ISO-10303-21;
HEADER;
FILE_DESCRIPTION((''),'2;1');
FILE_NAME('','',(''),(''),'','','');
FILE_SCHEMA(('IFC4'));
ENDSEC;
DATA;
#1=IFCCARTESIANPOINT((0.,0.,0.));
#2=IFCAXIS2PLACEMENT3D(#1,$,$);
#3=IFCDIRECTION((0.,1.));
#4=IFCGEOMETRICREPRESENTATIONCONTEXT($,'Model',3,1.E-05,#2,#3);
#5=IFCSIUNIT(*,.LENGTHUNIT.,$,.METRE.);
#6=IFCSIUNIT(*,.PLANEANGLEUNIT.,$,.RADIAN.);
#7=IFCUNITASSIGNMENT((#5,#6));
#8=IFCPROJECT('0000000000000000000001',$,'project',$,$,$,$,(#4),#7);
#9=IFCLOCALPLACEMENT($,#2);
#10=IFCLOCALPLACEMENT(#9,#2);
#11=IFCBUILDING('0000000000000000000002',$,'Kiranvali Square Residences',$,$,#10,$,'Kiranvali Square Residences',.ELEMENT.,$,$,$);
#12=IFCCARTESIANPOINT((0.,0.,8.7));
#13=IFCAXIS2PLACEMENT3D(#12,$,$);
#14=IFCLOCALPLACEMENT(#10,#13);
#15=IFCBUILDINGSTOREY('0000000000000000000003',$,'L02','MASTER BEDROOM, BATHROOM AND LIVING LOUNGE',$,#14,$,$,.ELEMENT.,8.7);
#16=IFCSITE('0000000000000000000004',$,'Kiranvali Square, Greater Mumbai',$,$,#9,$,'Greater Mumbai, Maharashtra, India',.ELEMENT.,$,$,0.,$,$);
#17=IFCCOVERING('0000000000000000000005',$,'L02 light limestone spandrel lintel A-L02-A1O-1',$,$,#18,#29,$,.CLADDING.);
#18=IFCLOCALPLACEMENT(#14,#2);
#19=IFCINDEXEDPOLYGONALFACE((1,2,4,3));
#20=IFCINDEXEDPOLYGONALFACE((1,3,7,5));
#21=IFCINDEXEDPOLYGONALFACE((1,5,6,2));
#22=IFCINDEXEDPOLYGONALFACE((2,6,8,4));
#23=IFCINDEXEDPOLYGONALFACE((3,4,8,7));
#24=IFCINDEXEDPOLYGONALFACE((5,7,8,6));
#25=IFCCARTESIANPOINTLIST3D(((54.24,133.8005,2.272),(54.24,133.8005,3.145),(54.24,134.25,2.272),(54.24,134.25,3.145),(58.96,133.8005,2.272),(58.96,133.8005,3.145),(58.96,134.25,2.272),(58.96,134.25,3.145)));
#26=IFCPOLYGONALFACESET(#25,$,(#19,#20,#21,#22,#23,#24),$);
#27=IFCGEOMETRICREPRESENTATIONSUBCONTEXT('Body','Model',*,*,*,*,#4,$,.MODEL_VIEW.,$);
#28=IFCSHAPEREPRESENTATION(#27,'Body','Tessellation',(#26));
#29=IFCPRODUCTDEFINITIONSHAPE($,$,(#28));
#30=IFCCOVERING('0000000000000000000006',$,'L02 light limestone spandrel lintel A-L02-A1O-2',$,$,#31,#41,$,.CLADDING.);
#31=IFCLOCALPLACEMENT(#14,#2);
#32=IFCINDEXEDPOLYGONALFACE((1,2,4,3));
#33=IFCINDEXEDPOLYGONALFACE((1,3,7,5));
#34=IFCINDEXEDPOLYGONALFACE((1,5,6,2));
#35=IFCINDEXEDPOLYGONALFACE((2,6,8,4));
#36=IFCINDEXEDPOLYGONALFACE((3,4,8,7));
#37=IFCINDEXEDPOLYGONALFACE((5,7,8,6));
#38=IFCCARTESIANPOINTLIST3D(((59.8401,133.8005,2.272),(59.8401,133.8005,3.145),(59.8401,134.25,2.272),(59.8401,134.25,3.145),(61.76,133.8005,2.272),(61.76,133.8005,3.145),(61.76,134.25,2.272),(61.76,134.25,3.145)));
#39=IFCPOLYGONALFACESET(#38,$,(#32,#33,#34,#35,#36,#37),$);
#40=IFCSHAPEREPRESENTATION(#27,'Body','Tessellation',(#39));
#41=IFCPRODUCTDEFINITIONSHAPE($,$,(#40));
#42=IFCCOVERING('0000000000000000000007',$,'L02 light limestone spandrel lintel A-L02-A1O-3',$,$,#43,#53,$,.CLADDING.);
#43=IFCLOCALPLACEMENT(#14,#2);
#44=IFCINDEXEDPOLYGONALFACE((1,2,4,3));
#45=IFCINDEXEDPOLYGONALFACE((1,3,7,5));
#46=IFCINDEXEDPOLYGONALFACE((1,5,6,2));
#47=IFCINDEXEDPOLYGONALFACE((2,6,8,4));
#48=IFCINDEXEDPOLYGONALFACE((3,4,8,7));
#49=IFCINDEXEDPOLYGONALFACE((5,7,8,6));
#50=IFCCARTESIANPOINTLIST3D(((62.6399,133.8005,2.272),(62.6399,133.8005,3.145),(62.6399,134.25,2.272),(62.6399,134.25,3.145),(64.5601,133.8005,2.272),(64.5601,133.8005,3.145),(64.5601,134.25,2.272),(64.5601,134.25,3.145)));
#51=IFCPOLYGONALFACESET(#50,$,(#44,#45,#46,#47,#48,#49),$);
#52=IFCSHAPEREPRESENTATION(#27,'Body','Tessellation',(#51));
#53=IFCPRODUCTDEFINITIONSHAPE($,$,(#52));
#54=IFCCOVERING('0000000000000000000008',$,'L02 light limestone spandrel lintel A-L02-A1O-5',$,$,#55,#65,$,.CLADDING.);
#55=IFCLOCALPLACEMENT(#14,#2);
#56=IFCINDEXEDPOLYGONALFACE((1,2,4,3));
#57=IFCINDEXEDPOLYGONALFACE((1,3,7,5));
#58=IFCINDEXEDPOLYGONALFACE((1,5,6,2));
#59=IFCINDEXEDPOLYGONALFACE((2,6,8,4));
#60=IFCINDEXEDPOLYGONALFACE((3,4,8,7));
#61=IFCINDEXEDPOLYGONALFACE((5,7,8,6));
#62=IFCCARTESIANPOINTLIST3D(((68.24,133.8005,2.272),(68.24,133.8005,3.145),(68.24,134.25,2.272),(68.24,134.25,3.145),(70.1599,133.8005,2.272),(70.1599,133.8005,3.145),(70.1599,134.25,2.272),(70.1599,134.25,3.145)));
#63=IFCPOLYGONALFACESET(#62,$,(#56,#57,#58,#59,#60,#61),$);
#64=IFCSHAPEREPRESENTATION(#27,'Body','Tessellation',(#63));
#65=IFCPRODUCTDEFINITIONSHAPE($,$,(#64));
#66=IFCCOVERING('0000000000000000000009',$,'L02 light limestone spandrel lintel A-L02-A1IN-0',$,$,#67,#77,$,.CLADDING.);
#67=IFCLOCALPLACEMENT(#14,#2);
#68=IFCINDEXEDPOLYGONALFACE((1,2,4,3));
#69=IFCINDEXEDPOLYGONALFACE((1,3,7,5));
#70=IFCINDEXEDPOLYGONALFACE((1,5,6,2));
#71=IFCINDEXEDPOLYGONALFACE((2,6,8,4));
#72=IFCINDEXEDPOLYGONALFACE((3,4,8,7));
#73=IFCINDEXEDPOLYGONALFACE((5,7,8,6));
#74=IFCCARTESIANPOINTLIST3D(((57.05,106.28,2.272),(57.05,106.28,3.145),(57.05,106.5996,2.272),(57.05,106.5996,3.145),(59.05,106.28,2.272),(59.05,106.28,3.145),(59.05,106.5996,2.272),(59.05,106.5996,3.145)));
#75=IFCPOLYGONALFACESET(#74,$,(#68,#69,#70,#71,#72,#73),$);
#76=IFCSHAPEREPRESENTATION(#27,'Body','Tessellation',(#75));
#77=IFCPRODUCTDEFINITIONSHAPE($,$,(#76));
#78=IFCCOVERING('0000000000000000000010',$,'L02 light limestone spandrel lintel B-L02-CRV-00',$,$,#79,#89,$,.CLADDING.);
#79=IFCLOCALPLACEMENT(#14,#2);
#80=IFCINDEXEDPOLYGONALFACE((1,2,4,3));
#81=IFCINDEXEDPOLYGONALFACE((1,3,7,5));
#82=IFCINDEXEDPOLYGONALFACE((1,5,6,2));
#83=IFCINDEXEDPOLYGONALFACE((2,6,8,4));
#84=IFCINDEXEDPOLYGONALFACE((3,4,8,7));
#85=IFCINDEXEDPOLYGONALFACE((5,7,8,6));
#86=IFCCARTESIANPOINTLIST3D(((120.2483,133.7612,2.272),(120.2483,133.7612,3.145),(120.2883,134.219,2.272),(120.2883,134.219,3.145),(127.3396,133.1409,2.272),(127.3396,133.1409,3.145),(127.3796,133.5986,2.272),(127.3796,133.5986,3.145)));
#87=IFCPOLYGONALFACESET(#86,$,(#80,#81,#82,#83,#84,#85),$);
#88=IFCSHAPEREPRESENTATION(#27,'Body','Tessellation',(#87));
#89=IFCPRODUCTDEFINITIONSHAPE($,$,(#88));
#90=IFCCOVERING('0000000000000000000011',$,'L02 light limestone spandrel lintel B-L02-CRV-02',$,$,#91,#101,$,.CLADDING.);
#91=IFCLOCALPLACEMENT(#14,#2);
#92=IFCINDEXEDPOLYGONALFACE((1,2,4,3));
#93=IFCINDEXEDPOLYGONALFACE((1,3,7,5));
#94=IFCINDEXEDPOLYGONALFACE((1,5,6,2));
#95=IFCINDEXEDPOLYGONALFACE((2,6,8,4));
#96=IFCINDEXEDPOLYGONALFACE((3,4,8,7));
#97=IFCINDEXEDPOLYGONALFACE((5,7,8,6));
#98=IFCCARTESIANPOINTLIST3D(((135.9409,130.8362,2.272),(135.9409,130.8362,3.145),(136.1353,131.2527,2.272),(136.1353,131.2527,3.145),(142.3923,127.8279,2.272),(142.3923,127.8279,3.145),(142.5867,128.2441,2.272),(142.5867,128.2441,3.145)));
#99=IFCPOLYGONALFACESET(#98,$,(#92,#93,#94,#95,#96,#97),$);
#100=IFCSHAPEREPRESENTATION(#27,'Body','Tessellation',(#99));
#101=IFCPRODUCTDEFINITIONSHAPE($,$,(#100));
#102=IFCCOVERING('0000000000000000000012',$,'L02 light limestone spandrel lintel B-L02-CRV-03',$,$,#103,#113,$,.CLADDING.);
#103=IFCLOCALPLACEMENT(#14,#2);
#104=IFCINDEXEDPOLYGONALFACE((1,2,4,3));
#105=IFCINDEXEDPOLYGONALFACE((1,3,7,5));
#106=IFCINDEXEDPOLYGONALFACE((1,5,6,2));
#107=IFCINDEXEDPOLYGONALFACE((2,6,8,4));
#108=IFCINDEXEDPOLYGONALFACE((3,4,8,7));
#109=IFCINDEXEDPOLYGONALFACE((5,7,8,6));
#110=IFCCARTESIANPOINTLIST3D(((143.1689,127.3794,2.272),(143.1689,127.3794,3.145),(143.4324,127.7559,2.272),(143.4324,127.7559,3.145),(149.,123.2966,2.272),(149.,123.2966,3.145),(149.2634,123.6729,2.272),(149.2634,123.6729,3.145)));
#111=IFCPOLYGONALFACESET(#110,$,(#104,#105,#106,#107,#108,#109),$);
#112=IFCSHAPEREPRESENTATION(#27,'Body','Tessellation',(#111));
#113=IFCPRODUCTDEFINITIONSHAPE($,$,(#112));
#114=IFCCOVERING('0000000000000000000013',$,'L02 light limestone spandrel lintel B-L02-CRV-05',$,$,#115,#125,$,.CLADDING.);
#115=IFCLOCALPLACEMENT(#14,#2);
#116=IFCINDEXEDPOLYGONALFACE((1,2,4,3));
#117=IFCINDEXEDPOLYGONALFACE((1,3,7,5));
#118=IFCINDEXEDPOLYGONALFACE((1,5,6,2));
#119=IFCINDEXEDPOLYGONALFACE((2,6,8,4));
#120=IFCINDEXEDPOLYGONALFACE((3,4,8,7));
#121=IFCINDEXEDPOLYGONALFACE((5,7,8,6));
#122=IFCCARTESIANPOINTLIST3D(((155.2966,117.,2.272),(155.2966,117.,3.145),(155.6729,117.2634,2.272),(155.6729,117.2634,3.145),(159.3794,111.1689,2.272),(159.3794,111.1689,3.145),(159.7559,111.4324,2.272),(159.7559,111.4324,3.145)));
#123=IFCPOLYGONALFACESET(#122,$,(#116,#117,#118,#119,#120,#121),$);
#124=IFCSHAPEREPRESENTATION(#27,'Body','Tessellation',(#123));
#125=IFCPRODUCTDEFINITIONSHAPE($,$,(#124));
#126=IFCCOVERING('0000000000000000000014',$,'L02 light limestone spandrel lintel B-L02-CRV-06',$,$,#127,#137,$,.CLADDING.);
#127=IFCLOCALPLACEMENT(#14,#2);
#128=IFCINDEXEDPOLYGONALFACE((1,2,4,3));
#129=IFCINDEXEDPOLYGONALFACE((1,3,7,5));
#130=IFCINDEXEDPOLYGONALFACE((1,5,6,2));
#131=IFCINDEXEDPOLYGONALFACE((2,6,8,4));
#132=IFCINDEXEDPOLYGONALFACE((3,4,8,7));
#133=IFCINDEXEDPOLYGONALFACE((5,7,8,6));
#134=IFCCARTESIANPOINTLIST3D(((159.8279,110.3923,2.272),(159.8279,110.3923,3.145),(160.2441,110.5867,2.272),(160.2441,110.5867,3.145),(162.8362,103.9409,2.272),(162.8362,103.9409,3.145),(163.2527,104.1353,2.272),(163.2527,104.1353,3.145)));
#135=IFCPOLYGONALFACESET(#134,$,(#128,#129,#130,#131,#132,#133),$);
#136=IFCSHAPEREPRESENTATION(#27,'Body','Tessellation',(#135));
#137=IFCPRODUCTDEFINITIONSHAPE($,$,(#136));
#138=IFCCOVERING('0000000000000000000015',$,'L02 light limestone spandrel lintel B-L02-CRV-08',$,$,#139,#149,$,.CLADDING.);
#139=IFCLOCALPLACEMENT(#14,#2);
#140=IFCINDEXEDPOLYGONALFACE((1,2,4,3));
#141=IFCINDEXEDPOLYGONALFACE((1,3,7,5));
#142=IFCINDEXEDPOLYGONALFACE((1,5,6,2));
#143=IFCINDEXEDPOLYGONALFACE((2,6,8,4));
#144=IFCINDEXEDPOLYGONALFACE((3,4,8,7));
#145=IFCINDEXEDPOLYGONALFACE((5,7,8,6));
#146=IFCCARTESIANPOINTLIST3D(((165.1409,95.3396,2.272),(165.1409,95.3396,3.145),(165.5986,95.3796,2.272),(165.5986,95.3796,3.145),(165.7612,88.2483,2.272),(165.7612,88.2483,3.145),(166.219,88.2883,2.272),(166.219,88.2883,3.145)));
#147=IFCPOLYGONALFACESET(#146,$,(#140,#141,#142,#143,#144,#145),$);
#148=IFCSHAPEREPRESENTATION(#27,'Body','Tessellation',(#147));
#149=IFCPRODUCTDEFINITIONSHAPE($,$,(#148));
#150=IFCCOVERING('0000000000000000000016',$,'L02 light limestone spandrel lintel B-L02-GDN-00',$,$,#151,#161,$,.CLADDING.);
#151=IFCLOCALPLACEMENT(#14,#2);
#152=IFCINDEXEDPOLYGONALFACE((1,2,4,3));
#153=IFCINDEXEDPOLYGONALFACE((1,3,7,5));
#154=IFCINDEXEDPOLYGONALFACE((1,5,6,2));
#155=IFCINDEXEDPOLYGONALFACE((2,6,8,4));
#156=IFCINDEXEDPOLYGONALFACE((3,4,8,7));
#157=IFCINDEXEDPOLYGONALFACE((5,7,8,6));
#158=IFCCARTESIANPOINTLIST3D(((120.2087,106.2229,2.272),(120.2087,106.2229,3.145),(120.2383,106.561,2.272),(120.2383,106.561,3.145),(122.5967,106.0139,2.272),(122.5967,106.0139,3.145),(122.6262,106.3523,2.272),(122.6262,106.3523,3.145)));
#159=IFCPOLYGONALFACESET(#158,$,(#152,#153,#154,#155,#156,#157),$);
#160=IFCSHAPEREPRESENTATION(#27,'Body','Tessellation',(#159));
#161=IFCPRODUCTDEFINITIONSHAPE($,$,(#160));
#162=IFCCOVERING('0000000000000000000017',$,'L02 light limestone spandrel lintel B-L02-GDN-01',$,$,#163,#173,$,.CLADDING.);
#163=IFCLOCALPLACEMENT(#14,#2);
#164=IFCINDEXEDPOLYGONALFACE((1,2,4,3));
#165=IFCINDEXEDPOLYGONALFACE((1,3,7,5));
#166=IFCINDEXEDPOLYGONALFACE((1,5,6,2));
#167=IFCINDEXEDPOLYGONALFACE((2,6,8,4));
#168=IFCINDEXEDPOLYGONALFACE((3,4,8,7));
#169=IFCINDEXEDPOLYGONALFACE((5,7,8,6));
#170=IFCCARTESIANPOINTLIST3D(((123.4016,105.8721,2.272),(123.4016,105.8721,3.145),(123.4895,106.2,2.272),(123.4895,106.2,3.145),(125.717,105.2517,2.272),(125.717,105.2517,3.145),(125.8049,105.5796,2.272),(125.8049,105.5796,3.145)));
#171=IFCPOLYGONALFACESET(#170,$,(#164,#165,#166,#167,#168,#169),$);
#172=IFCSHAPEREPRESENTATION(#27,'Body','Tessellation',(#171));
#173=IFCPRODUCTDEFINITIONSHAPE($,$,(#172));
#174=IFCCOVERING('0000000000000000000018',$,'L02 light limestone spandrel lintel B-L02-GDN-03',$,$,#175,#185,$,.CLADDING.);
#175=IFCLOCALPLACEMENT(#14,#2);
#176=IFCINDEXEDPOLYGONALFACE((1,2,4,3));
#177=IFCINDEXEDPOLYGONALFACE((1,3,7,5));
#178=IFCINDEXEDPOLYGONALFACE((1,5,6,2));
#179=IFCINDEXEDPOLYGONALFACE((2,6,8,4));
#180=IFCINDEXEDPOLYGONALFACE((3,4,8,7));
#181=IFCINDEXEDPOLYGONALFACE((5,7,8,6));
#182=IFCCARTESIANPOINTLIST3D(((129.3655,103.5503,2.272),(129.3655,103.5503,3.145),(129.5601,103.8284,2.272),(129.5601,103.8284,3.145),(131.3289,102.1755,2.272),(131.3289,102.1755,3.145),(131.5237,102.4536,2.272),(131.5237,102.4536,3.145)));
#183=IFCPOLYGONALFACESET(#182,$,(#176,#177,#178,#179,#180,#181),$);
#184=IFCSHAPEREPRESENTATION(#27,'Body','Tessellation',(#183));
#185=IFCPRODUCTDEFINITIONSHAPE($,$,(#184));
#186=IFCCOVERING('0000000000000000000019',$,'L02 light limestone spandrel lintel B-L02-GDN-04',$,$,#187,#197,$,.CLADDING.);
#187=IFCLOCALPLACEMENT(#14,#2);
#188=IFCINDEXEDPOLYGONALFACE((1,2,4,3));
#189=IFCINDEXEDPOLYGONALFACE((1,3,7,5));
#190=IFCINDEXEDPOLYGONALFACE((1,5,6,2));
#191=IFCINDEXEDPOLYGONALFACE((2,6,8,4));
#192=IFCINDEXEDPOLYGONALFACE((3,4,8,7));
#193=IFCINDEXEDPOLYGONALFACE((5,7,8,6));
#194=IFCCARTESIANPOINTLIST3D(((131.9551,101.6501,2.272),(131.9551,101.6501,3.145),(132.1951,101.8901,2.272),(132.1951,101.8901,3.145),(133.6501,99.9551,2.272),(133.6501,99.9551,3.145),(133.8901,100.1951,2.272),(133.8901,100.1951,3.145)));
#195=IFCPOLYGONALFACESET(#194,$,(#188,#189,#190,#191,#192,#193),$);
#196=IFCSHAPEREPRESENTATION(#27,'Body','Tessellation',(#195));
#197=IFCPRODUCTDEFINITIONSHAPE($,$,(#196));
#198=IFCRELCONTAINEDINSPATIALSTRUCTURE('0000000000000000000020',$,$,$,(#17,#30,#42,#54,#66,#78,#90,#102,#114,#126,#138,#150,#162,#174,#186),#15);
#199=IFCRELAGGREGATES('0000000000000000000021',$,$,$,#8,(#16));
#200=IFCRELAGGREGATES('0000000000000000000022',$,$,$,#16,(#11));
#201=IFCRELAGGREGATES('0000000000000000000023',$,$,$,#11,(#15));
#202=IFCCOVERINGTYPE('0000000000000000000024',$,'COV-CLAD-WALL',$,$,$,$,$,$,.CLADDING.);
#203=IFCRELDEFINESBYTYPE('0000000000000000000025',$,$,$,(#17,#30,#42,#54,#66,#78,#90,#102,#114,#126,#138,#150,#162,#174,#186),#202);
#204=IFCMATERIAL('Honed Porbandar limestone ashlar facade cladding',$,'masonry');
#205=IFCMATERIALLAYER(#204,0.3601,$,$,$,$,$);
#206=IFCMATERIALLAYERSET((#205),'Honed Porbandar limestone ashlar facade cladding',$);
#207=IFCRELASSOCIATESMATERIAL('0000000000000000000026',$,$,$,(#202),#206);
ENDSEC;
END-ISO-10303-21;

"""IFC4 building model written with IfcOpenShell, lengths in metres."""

from ifc_helpers import new_model, si_unit, direction, frame, origin, place, context, subcontext, project, spatial, polyline, outline, extrude, material, layer, layer_set, type_object, element, save


model = new_model("IFC4")

# Units and contexts
model_context = context("Model", 3, precision=1e-05, world=origin(), true_north=direction((0.0, 1.0)))
body_context = subcontext(model_context, "Body", "Model", "MODEL_VIEW")
ifc_project = project(units=[si_unit("LENGTHUNIT", "METRE"), si_unit("PLANEANGLEUNIT", "RADIAN")], contexts=[model_context])

# Site, building, storey
site_placement = place(None, origin())
site = spatial("IfcSite", under=ifc_project, at=site_placement, Name="Kiranvali Square, Greater Mumbai", LongName="Greater Mumbai, Maharashtra, India", CompositionType="ELEMENT", RefElevation=0.0)
building_placement = place(site_placement, origin())
building = spatial("IfcBuilding", under=site, at=building_placement, Name="Kiranvali Square Residences", LongName="Kiranvali Square Residences", CompositionType="ELEMENT")
storey_placement = place(building_placement, frame((0.0, 0.0, 8.7)))
storey = spatial("IfcBuildingStorey", under=building, at=storey_placement, Name="L02", Description="MASTER BEDROOM, BATHROOM AND LIVING LOUNGE", CompositionType="ELEMENT", Elevation=8.7)

# Coverings
ifc_material = material(Name="Honed Porbandar limestone ashlar facade cladding", Category="masonry")
ifc_layer = layer(ifc_material, 0.3601)
ifc_layer_set = layer_set([ifc_layer], Name="Honed Porbandar limestone ashlar facade cladding")
covering_type = type_object("IfcCoveringType", Name="COV-CLAD-WALL", PredefinedType="CLADDING", material=ifc_layer_set)
covering_1_placement = place(storey_placement, frame((0.0, 0.0, 2.272)))
element("IfcCovering", 1, at=covering_1_placement, inside=storey, type_object=covering_type, Name="L02 light limestone spandrel lintel A-L02-A1O-1", PredefinedType="CLADDING", context=body_context, shape_type="SweptSolid", body=[
    extrude(outline(polyline([(54.24, 133.8005), (58.96, 133.8005), (58.96, 134.25), (54.24, 134.25), (54.24, 133.8005)])), origin(), (0.0, 0.0, 1.0), 0.873),
])
covering_2_placement = place(storey_placement, frame((0.0, 0.0, 2.272)))
element("IfcCovering", 2, at=covering_2_placement, inside=storey, type_object=covering_type, Name="L02 light limestone spandrel lintel A-L02-A1O-2", PredefinedType="CLADDING", context=body_context, shape_type="SweptSolid", body=[
    extrude(outline(polyline([(59.8401, 133.8005), (61.76, 133.8005), (61.76, 134.25), (59.8401, 134.25), (59.8401, 133.8005)])), origin(), (0.0, 0.0, 1.0), 0.873),
])
covering_3_placement = place(storey_placement, frame((0.0, 0.0, 2.272)))
element("IfcCovering", 3, at=covering_3_placement, inside=storey, type_object=covering_type, Name="L02 light limestone spandrel lintel A-L02-A1O-3", PredefinedType="CLADDING", context=body_context, shape_type="SweptSolid", body=[
    extrude(outline(polyline([(62.6399, 133.8005), (64.5601, 133.8005), (64.5601, 134.25), (62.6399, 134.25), (62.6399, 133.8005)])), origin(), (0.0, 0.0, 1.0), 0.873),
])
covering_4_placement = place(storey_placement, frame((0.0, 0.0, 2.272)))
element("IfcCovering", 4, at=covering_4_placement, inside=storey, type_object=covering_type, Name="L02 light limestone spandrel lintel A-L02-A1O-5", PredefinedType="CLADDING", context=body_context, shape_type="SweptSolid", body=[
    extrude(outline(polyline([(68.24, 133.8005), (70.1599, 133.8005), (70.1599, 134.25), (68.24, 134.25), (68.24, 133.8005)])), origin(), (0.0, 0.0, 1.0), 0.873),
])
covering_5_placement = place(storey_placement, frame((0.0, 0.0, 2.272)))
element("IfcCovering", 5, at=covering_5_placement, inside=storey, type_object=covering_type, Name="L02 light limestone spandrel lintel A-L02-A1IN-0", PredefinedType="CLADDING", context=body_context, shape_type="SweptSolid", body=[
    extrude(outline(polyline([(57.05, 106.28), (59.05, 106.28), (59.05, 106.5996), (57.05, 106.5996), (57.05, 106.28)])), origin(), (0.0, 0.0, 1.0), 0.873),
])
covering_6_placement = place(storey_placement, frame((0.0, 0.0, 2.272)))
element("IfcCovering", 6, at=covering_6_placement, inside=storey, type_object=covering_type, Name="L02 light limestone spandrel lintel B-L02-CRV-00", PredefinedType="CLADDING", context=body_context, shape_type="SweptSolid", body=[
    extrude(outline(polyline([(120.2483, 133.7612), (127.3396, 133.1409), (127.3796, 133.5986), (120.2883, 134.219), (120.2483, 133.7612)])), origin(), (0.0, 0.0, 1.0), 0.873),
])
covering_7_placement = place(storey_placement, frame((0.0, 0.0, 2.272)))
element("IfcCovering", 7, at=covering_7_placement, inside=storey, type_object=covering_type, Name="L02 light limestone spandrel lintel B-L02-CRV-02", PredefinedType="CLADDING", context=body_context, shape_type="SweptSolid", body=[
    extrude(outline(polyline([(135.9409, 130.8362), (142.3923, 127.8279), (142.5867, 128.2441), (136.1353, 131.2527), (135.9409, 130.8362)])), origin(), (0.0, 0.0, 1.0), 0.873),
])
covering_8_placement = place(storey_placement, frame((0.0, 0.0, 2.272)))
element("IfcCovering", 8, at=covering_8_placement, inside=storey, type_object=covering_type, Name="L02 light limestone spandrel lintel B-L02-CRV-03", PredefinedType="CLADDING", context=body_context, shape_type="SweptSolid", body=[
    extrude(outline(polyline([(143.1689, 127.3794), (149.0, 123.2966), (149.2634, 123.6729), (143.4324, 127.7559), (143.1689, 127.3794)])), origin(), (0.0, 0.0, 1.0), 0.873),
])
covering_9_placement = place(storey_placement, frame((0.0, 0.0, 2.272)))
element("IfcCovering", 9, at=covering_9_placement, inside=storey, type_object=covering_type, Name="L02 light limestone spandrel lintel B-L02-CRV-05", PredefinedType="CLADDING", context=body_context, shape_type="SweptSolid", body=[
    extrude(outline(polyline([(155.2966, 117.0), (159.3794, 111.1689), (159.7559, 111.4324), (155.6729, 117.2634), (155.2966, 117.0)])), origin(), (0.0, 0.0, 1.0), 0.873),
])
covering_10_placement = place(storey_placement, frame((0.0, 0.0, 2.272)))
element("IfcCovering", 10, at=covering_10_placement, inside=storey, type_object=covering_type, Name="L02 light limestone spandrel lintel B-L02-CRV-06", PredefinedType="CLADDING", context=body_context, shape_type="SweptSolid", body=[
    extrude(outline(polyline([(159.8279, 110.3923), (162.8362, 103.9409), (163.2527, 104.1353), (160.2441, 110.5867), (159.8279, 110.3923)])), origin(), (0.0, 0.0, 1.0), 0.873),
])
covering_11_placement = place(storey_placement, frame((0.0, 0.0, 2.272)))
element("IfcCovering", 11, at=covering_11_placement, inside=storey, type_object=covering_type, Name="L02 light limestone spandrel lintel B-L02-CRV-08", PredefinedType="CLADDING", context=body_context, shape_type="SweptSolid", body=[
    extrude(outline(polyline([(165.1409, 95.3396), (165.7612, 88.2483), (166.219, 88.2883), (165.5986, 95.3796), (165.1409, 95.3396)])), origin(), (0.0, 0.0, 1.0), 0.873),
])
covering_12_placement = place(storey_placement, frame((0.0, 0.0, 2.272)))
element("IfcCovering", 12, at=covering_12_placement, inside=storey, type_object=covering_type, Name="L02 light limestone spandrel lintel B-L02-GDN-00", PredefinedType="CLADDING", context=body_context, shape_type="SweptSolid", body=[
    extrude(outline(polyline([(120.2087, 106.2229), (122.5967, 106.0139), (122.6262, 106.3523), (120.2383, 106.561), (120.2087, 106.2229)])), origin(), (0.0, 0.0, 1.0), 0.873),
])
covering_13_placement = place(storey_placement, frame((0.0, 0.0, 2.272)))
element("IfcCovering", 13, at=covering_13_placement, inside=storey, type_object=covering_type, Name="L02 light limestone spandrel lintel B-L02-GDN-01", PredefinedType="CLADDING", context=body_context, shape_type="SweptSolid", body=[
    extrude(outline(polyline([(123.4016, 105.8721), (125.717, 105.2517), (125.8049, 105.5796), (123.4895, 106.2), (123.4016, 105.8721)])), origin(), (0.0, 0.0, 1.0), 0.873),
])
covering_14_placement = place(storey_placement, frame((0.0, 0.0, 2.272)))
element("IfcCovering", 14, at=covering_14_placement, inside=storey, type_object=covering_type, Name="L02 light limestone spandrel lintel B-L02-GDN-03", PredefinedType="CLADDING", context=body_context, shape_type="SweptSolid", body=[
    extrude(outline(polyline([(129.3655, 103.5503), (131.3289, 102.1755), (131.5237, 102.4536), (129.5601, 103.8284), (129.3655, 103.5503)])), origin(), (0.0, 0.0, 1.0), 0.873),
])
covering_15_placement = place(storey_placement, frame((0.0, 0.0, 2.272)))
element("IfcCovering", 15, at=covering_15_placement, inside=storey, type_object=covering_type, Name="L02 light limestone spandrel lintel B-L02-GDN-04", PredefinedType="CLADDING", context=body_context, shape_type="SweptSolid", body=[
    extrude(outline(polyline([(131.9551, 101.6501), (133.6501, 99.9551), (133.8901, 100.1951), (132.1951, 101.8901), (131.9551, 101.6501)])), origin(), (0.0, 0.0, 1.0), 0.873),
])

save(model, "model.ifc")
